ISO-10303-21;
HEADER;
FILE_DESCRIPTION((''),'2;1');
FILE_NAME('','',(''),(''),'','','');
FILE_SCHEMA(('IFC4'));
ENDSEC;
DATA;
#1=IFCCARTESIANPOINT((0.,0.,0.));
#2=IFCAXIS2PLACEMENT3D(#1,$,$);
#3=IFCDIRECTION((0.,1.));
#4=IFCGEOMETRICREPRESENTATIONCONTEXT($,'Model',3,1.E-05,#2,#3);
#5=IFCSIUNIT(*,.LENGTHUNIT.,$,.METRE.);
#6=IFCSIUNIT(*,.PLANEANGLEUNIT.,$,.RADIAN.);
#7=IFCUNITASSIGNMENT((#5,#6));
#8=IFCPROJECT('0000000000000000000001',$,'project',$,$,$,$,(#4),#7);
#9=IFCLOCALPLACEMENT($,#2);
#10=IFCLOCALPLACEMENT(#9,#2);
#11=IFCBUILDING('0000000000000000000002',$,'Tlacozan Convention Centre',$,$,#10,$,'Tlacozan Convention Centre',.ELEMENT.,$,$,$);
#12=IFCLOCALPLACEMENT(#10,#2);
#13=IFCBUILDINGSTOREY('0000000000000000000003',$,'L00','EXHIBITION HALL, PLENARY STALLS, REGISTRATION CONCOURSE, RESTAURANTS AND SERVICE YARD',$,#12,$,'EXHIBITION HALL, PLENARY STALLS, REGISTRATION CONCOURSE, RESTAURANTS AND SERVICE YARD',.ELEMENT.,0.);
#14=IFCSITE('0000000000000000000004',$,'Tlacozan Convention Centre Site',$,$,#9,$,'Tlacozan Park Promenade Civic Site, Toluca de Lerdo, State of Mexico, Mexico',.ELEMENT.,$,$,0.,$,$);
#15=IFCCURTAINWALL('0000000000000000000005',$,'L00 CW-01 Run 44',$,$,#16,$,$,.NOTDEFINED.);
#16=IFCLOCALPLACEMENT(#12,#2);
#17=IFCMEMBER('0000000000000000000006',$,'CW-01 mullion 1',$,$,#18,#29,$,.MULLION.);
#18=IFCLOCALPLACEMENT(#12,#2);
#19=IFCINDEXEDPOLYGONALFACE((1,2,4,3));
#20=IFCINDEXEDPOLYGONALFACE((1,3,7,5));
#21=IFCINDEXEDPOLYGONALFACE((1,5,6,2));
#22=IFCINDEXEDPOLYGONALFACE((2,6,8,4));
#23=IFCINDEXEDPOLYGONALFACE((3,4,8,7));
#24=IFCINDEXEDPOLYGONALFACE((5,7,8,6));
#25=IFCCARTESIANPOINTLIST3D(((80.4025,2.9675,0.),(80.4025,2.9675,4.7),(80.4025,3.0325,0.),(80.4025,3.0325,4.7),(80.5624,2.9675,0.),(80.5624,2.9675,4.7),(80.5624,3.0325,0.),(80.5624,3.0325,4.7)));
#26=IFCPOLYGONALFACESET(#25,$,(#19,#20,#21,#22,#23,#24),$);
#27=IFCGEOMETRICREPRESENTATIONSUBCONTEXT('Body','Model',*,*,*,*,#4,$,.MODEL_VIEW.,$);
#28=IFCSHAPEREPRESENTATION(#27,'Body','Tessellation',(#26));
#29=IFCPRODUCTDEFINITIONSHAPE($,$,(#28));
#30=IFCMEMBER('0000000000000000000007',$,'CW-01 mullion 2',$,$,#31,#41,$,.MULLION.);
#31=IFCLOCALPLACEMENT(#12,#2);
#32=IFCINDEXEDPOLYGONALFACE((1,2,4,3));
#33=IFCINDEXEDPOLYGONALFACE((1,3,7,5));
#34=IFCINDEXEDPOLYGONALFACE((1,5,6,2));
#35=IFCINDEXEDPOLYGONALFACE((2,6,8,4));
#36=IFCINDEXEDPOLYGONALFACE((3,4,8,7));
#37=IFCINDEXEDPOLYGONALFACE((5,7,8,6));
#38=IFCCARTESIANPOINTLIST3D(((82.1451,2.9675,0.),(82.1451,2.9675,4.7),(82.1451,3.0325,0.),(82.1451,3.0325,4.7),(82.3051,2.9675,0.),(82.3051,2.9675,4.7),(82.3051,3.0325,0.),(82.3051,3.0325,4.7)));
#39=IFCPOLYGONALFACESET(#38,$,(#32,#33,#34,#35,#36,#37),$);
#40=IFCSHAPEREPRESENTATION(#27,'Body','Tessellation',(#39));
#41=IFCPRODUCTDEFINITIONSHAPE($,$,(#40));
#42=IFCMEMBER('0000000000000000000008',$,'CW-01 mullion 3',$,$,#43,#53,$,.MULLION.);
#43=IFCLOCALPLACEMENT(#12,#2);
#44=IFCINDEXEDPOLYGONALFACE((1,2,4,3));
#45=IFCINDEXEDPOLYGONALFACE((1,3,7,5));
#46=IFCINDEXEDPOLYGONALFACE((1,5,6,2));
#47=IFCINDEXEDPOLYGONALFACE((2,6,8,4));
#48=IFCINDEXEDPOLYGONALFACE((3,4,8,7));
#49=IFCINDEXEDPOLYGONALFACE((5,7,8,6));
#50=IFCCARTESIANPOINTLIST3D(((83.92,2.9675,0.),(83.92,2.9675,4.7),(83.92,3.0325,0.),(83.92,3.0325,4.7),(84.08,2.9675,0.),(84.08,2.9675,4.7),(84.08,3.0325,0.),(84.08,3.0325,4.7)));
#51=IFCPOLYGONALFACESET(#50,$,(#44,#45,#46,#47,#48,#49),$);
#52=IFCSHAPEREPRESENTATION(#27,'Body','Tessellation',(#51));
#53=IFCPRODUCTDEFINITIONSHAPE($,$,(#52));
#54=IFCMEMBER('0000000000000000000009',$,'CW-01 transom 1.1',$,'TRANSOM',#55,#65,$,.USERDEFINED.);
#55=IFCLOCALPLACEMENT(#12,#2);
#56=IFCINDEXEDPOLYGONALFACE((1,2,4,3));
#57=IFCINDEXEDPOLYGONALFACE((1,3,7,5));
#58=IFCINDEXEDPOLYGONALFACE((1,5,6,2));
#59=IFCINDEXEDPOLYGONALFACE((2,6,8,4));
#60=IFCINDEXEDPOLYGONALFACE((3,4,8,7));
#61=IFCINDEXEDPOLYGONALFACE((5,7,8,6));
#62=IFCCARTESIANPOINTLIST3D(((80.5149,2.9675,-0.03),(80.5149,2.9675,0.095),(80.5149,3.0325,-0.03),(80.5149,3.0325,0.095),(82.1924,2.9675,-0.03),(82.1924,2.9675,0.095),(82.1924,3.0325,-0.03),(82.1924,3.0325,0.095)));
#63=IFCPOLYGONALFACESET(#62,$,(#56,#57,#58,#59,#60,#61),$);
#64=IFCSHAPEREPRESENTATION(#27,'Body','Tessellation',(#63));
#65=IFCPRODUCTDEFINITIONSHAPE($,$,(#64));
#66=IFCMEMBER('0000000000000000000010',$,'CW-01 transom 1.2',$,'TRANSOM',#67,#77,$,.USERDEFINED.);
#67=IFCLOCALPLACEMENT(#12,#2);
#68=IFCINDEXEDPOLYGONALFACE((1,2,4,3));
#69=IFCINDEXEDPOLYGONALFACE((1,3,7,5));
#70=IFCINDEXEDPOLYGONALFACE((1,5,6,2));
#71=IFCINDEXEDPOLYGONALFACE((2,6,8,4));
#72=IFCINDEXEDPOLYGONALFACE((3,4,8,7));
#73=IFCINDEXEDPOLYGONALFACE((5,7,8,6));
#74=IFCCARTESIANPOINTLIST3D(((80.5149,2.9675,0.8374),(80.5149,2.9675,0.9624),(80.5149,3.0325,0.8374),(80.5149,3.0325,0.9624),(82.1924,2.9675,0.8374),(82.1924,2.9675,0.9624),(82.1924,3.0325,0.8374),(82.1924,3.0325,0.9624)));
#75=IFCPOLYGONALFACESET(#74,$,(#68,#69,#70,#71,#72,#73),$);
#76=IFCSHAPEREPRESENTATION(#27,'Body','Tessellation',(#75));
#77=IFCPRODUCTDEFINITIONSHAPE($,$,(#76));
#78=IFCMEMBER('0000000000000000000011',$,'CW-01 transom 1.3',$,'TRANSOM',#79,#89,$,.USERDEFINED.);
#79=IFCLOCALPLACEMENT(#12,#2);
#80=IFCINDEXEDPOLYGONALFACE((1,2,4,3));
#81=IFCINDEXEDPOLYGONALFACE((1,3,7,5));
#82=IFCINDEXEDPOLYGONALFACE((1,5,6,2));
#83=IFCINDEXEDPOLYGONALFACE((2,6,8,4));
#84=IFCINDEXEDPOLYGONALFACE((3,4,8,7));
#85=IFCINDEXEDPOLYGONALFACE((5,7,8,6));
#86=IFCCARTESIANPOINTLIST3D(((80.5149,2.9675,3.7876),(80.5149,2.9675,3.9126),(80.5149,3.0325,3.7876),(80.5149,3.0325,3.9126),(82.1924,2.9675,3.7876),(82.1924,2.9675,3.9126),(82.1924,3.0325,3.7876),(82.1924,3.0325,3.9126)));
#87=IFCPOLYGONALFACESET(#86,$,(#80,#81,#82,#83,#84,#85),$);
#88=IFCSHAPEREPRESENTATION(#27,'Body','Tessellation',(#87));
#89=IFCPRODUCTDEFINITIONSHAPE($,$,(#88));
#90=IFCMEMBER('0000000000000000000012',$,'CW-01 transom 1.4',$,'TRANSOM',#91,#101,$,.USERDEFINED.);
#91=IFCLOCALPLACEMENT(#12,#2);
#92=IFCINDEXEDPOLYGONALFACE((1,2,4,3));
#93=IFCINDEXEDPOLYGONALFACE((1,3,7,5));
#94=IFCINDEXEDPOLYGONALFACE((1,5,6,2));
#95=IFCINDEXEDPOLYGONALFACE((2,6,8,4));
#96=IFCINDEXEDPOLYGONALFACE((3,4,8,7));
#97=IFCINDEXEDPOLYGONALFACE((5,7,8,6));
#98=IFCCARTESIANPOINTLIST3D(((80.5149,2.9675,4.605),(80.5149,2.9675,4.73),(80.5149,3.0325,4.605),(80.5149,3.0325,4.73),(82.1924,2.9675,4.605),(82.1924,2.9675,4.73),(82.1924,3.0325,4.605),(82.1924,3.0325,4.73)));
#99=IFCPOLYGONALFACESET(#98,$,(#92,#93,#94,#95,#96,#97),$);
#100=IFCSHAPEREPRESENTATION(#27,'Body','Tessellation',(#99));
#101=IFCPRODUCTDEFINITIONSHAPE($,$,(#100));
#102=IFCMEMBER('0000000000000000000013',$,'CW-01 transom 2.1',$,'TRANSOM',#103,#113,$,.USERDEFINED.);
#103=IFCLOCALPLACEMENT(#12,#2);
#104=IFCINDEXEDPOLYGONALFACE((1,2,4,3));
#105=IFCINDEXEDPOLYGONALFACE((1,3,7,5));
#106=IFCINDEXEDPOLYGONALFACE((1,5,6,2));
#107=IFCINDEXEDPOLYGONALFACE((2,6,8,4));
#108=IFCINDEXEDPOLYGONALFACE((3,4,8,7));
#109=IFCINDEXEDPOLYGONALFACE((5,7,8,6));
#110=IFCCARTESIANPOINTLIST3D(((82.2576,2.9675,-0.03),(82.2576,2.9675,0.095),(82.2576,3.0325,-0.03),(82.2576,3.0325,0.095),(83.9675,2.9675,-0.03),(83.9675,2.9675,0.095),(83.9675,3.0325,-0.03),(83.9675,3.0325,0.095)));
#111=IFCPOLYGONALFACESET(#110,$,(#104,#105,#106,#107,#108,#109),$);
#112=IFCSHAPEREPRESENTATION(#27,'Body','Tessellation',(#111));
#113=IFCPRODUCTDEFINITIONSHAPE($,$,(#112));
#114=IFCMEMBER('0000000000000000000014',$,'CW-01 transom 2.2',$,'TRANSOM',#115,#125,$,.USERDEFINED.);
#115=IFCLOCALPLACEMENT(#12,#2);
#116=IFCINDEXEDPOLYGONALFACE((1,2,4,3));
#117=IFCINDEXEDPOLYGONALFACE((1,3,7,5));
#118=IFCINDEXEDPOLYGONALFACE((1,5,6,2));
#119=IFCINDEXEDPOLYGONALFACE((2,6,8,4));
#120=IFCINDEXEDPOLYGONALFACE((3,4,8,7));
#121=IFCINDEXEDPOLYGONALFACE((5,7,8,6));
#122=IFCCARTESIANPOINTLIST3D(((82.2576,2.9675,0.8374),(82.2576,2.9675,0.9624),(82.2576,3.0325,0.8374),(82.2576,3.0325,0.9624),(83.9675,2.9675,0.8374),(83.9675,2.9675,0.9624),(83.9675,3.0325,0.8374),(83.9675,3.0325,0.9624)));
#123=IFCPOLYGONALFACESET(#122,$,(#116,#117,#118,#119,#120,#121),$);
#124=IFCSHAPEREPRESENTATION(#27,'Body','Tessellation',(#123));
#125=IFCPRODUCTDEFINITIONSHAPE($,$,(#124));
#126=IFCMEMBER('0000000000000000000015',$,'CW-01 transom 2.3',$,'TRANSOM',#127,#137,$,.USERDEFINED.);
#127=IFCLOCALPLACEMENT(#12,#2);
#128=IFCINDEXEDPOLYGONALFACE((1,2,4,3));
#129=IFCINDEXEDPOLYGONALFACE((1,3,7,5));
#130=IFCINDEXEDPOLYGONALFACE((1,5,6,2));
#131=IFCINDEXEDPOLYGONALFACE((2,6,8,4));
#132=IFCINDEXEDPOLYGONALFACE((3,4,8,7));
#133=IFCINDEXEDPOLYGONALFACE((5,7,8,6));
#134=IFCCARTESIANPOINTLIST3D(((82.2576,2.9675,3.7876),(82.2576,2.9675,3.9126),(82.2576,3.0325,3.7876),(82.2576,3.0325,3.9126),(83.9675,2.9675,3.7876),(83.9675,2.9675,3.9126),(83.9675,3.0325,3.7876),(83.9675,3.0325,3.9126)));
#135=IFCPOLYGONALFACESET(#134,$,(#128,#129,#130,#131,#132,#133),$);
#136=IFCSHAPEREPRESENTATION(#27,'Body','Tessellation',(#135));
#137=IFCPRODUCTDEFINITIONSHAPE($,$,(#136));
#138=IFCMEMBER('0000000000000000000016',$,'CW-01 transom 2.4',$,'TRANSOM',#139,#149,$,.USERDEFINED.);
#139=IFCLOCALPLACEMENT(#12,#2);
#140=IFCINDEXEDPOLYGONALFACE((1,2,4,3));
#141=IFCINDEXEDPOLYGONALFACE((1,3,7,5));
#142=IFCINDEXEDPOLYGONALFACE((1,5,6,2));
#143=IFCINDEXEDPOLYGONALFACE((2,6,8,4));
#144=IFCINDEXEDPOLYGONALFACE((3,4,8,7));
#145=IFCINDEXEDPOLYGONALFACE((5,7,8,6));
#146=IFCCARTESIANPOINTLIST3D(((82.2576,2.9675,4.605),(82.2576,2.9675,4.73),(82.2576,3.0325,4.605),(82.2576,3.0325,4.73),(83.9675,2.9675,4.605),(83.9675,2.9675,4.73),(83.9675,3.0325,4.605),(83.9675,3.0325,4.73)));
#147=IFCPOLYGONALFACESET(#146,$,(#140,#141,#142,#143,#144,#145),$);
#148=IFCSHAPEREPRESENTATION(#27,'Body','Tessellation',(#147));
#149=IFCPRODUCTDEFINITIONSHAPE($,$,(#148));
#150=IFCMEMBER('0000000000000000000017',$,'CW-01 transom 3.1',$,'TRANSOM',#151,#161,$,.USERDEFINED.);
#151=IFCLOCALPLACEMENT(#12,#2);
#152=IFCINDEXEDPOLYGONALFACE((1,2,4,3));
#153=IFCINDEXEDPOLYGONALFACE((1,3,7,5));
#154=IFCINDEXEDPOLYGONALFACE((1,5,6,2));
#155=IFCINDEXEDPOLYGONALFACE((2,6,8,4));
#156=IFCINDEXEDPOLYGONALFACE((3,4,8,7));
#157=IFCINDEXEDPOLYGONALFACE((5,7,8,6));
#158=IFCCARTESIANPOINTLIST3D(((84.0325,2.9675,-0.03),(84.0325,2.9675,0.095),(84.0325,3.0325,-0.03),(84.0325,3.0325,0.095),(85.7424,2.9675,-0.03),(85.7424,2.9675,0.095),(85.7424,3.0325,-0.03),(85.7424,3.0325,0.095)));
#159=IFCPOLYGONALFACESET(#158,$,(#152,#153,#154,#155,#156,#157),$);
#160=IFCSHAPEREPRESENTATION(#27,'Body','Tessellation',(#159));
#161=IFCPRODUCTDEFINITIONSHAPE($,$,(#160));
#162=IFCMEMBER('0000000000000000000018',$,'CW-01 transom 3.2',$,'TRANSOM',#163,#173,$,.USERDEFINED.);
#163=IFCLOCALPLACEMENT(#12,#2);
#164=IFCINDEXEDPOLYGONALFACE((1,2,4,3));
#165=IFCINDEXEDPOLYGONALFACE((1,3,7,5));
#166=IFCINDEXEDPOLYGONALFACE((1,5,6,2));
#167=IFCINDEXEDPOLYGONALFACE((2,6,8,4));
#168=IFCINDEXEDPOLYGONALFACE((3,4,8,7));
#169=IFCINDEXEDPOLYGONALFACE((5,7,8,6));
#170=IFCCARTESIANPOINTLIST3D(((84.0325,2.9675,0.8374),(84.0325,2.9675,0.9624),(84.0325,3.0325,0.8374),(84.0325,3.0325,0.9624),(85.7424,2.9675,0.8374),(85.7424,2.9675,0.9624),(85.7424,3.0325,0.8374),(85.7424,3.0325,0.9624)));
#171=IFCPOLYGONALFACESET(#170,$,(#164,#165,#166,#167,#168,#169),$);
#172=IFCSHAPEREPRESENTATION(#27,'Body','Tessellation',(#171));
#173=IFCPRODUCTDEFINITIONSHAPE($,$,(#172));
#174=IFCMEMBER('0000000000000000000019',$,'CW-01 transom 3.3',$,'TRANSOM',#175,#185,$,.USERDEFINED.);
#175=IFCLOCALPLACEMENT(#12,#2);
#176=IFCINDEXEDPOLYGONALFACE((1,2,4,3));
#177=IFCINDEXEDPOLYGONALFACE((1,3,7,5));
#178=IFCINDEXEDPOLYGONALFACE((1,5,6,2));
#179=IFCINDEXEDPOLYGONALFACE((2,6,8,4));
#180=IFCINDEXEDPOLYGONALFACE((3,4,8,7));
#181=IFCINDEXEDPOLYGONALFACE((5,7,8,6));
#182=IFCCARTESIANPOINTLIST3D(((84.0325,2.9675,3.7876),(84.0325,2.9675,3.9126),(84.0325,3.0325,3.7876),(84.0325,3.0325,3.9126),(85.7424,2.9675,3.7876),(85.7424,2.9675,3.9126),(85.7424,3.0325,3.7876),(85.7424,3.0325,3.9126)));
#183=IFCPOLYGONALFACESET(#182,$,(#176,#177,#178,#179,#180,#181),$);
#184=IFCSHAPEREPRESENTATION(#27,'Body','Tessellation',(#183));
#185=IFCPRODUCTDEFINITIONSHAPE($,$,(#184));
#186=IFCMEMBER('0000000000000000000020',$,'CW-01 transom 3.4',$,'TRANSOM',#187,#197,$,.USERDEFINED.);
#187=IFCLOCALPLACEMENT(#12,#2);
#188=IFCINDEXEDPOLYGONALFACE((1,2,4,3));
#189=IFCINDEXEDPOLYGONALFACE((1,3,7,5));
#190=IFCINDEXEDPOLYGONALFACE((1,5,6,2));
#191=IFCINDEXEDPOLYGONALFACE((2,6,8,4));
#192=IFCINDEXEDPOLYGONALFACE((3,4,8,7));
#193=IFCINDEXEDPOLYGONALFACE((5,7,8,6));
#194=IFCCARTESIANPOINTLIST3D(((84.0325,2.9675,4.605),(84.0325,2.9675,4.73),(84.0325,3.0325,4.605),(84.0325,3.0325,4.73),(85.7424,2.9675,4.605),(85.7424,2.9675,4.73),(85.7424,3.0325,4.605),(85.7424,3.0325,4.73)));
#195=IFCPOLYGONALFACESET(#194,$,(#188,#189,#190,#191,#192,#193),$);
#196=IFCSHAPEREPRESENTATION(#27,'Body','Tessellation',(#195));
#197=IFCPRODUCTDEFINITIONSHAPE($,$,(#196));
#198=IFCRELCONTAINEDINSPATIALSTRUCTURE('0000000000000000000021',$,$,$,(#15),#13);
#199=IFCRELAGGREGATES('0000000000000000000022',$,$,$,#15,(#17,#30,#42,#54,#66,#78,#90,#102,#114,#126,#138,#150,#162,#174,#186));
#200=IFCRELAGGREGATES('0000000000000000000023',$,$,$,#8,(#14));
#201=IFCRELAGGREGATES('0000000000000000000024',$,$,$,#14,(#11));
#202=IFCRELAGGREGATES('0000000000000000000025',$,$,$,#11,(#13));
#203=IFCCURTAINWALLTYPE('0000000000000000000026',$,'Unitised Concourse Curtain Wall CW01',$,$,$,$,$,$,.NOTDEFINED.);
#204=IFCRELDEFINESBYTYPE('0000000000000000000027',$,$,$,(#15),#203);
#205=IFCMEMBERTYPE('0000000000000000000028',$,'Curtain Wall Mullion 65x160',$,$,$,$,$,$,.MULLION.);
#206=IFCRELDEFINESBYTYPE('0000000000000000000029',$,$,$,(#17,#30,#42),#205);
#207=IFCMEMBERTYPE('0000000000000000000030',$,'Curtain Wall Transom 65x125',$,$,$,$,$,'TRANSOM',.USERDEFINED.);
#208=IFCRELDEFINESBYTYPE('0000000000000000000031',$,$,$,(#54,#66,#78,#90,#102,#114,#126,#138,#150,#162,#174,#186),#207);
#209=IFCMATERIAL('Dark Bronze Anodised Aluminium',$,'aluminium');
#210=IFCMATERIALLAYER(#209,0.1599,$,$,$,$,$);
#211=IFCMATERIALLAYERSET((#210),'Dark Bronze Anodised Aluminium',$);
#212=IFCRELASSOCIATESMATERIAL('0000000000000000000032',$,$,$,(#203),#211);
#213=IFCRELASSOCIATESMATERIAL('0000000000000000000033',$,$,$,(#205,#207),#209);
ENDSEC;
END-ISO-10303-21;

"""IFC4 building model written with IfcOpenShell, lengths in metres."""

from ifc_helpers import new_model, si_unit, direction, frame, origin, origin_2d, place, context, subcontext, project, spatial, rectangle, extrude, material, layer, layer_set, material_profile, profile_set, type_object, element, aggregate, save


model = new_model("IFC4")

# Units and contexts
model_context = context("Model", 3, precision=1e-05, world=origin(), true_north=direction((0.0, 1.0)))
body_context = subcontext(model_context, "Body", "Model", "MODEL_VIEW")
ifc_project = project(units=[si_unit("LENGTHUNIT", "METRE"), si_unit("PLANEANGLEUNIT", "RADIAN")], contexts=[model_context])

# Site, building, storey
site_placement = place(None, origin())
site = spatial("IfcSite", under=ifc_project, at=site_placement, Name="Tlacozan Convention Centre Site", LongName="Tlacozan Park Promenade Civic Site, Toluca de Lerdo, State of Mexico, Mexico", CompositionType="ELEMENT", RefElevation=0.0)
building_placement = place(site_placement, origin())
building = spatial("IfcBuilding", under=site, at=building_placement, Name="Tlacozan Convention Centre", LongName="Tlacozan Convention Centre", CompositionType="ELEMENT")
storey_placement = place(building_placement, origin())
storey = spatial("IfcBuildingStorey", under=building, at=storey_placement, Name="L00", Description="EXHIBITION HALL, PLENARY STALLS, REGISTRATION CONCOURSE, RESTAURANTS AND SERVICE YARD", LongName="EXHIBITION HALL, PLENARY STALLS, REGISTRATION CONCOURSE, RESTAURANTS AND SERVICE YARD", CompositionType="ELEMENT", Elevation=0.0)

# Curtain wall, members
ifc_material_1 = material(Name="Dark Bronze Anodised Aluminium", Category="aluminium")
ifc_layer_1 = layer(ifc_material_1, 0.1599)
ifc_layer_set_1 = layer_set([ifc_layer_1], Name="Dark Bronze Anodised Aluminium")
curtain_wall_type = type_object("IfcCurtainWallType", Name="Unitised Concourse Curtain Wall CW01", PredefinedType="NOTDEFINED", material=ifc_layer_set_1)
curtain_wall_placement = place(storey_placement, origin())
curtain_wall = element("IfcCurtainWall", 1, at=curtain_wall_placement, inside=storey, type_object=curtain_wall_type, Name="L00 CW-01 Run 44", PredefinedType="NOTDEFINED")
ifc_material_profile_1 = material_profile(ifc_material_1, rectangle(XDim=0.0649, YDim=0.1599, at=origin_2d()), Name="ALU 65x160")
ifc_profile_set_1 = profile_set([ifc_material_profile_1], Name="Dark Bronze Anodised Aluminium")
member_type_1 = type_object("IfcMemberType", Name="Curtain Wall Mullion 65x160", PredefinedType="MULLION", material=ifc_profile_set_1)
member_1_placement = place(storey_placement, frame((80.4824, 3.0, 0.0), z_axis=(0.0, 0.0, 1.0), x_axis=(0.0, 1.0, 0.0)))
member_1 = element("IfcMember", 2, at=member_1_placement, type_object=member_type_1, Name="CW-01 mullion 1", PredefinedType="MULLION", context=body_context, shape_type="SweptSolid", body=[
    extrude(rectangle(XDim=0.0649, YDim=0.1599, at=origin_2d()), origin(), (0.0, 0.0, 1.0), 4.7),
])
member_2_placement = place(storey_placement, frame((82.2251, 3.0, 0.0), z_axis=(0.0, 0.0, 1.0), x_axis=(0.0, 1.0, 0.0)))
member_2 = element("IfcMember", 3, at=member_2_placement, type_object=member_type_1, Name="CW-01 mullion 2", PredefinedType="MULLION", context=body_context, shape_type="SweptSolid", body=[
    extrude(rectangle(XDim=0.0649, YDim=0.1599, at=origin_2d()), origin(), (0.0, 0.0, 1.0), 4.7),
])
member_3_placement = place(storey_placement, frame((84.0, 3.0, 0.0), z_axis=(0.0, 0.0, 1.0), x_axis=(0.0, 1.0, 0.0)))
member_3 = element("IfcMember", 4, at=member_3_placement, type_object=member_type_1, Name="CW-01 mullion 3", PredefinedType="MULLION", context=body_context, shape_type="SweptSolid", body=[
    extrude(rectangle(XDim=0.0649, YDim=0.1599, at=origin_2d()), origin(), (0.0, 0.0, 1.0), 4.7),
])
ifc_material_profile_2 = material_profile(ifc_material_1, rectangle(XDim=0.0649, YDim=0.125, at=origin_2d()), Name="ALU 65x125")
ifc_profile_set_2 = profile_set([ifc_material_profile_2], Name="Dark Bronze Anodised Aluminium")
member_type_2 = type_object("IfcMemberType", Name="Curtain Wall Transom 65x125", ElementType="TRANSOM", PredefinedType="USERDEFINED", material=ifc_profile_set_2)
member_4_placement = place(storey_placement, frame((80.5149, 3.0, 0.0325), z_axis=(1.0, 0.0, 0.0), x_axis=(0.0, 1.0, 0.0)))
member_4 = element("IfcMember", 5, at=member_4_placement, type_object=member_type_2, Name="CW-01 transom 1.1", ObjectType="TRANSOM", PredefinedType="USERDEFINED", context=body_context, shape_type="SweptSolid", body=[
    extrude(rectangle(XDim=0.0649, YDim=0.125, at=origin_2d()), origin(), (0.0, 0.0, 1.0), 1.6775),
])
member_5_placement = place(storey_placement, frame((80.5149, 3.0, 0.8999), z_axis=(1.0, 0.0, 0.0), x_axis=(0.0, 1.0, 0.0)))
member_5 = element("IfcMember", 6, at=member_5_placement, type_object=member_type_2, Name="CW-01 transom 1.2", ObjectType="TRANSOM", PredefinedType="USERDEFINED", context=body_context, shape_type="SweptSolid", body=[
    extrude(rectangle(XDim=0.0649, YDim=0.125, at=origin_2d()), origin(), (0.0, 0.0, 1.0), 1.6775),
])
member_6_placement = place(storey_placement, frame((80.5149, 3.0, 3.8501), z_axis=(1.0, 0.0, 0.0), x_axis=(0.0, 1.0, 0.0)))
member_6 = element("IfcMember", 7, at=member_6_placement, type_object=member_type_2, Name="CW-01 transom 1.3", ObjectType="TRANSOM", PredefinedType="USERDEFINED", context=body_context, shape_type="SweptSolid", body=[
    extrude(rectangle(XDim=0.0649, YDim=0.125, at=origin_2d()), origin(), (0.0, 0.0, 1.0), 1.6775),
])
member_7_placement = place(storey_placement, frame((80.5149, 3.0, 4.6675), z_axis=(1.0, 0.0, 0.0), x_axis=(0.0, 1.0, 0.0)))
member_7 = element("IfcMember", 8, at=member_7_placement, type_object=member_type_2, Name="CW-01 transom 1.4", ObjectType="TRANSOM", PredefinedType="USERDEFINED", context=body_context, shape_type="SweptSolid", body=[
    extrude(rectangle(XDim=0.0649, YDim=0.125, at=origin_2d()), origin(), (0.0, 0.0, 1.0), 1.6775),
])
member_8_placement = place(storey_placement, frame((82.2576, 3.0, 0.0325), z_axis=(1.0, 0.0, 0.0), x_axis=(0.0, 1.0, 0.0)))
member_8 = element("IfcMember", 9, at=member_8_placement, type_object=member_type_2, Name="CW-01 transom 2.1", ObjectType="TRANSOM", PredefinedType="USERDEFINED", context=body_context, shape_type="SweptSolid", body=[
    extrude(rectangle(XDim=0.0649, YDim=0.125, at=origin_2d()), origin(), (0.0, 0.0, 1.0), 1.71),
])
member_9_placement = place(storey_placement, frame((82.2576, 3.0, 0.8999), z_axis=(1.0, 0.0, 0.0), x_axis=(0.0, 1.0, 0.0)))
member_9 = element("IfcMember", 10, at=member_9_placement, type_object=member_type_2, Name="CW-01 transom 2.2", ObjectType="TRANSOM", PredefinedType="USERDEFINED", context=body_context, shape_type="SweptSolid", body=[
    extrude(rectangle(XDim=0.0649, YDim=0.125, at=origin_2d()), origin(), (0.0, 0.0, 1.0), 1.71),
])
member_10_placement = place(storey_placement, frame((82.2576, 3.0, 3.8501), z_axis=(1.0, 0.0, 0.0), x_axis=(0.0, 1.0, 0.0)))
member_10 = element("IfcMember", 11, at=member_10_placement, type_object=member_type_2, Name="CW-01 transom 2.3", ObjectType="TRANSOM", PredefinedType="USERDEFINED", context=body_context, shape_type="SweptSolid", body=[
    extrude(rectangle(XDim=0.0649, YDim=0.125, at=origin_2d()), origin(), (0.0, 0.0, 1.0), 1.71),
])
member_11_placement = place(storey_placement, frame((82.2576, 3.0, 4.6675), z_axis=(1.0, 0.0, 0.0), x_axis=(0.0, 1.0, 0.0)))
member_11 = element("IfcMember", 12, at=member_11_placement, type_object=member_type_2, Name="CW-01 transom 2.4", ObjectType="TRANSOM", PredefinedType="USERDEFINED", context=body_context, shape_type="SweptSolid", body=[
    extrude(rectangle(XDim=0.0649, YDim=0.125, at=origin_2d()), origin(), (0.0, 0.0, 1.0), 1.71),
])
member_12_placement = place(storey_placement, frame((84.0325, 3.0, 0.0325), z_axis=(1.0, 0.0, 0.0), x_axis=(0.0, 1.0, 0.0)))
member_12 = element("IfcMember", 13, at=member_12_placement, type_object=member_type_2, Name="CW-01 transom 3.1", ObjectType="TRANSOM", PredefinedType="USERDEFINED", context=body_context, shape_type="SweptSolid", body=[
    extrude(rectangle(XDim=0.0649, YDim=0.125, at=origin_2d()), origin(), (0.0, 0.0, 1.0), 1.71),
])
member_13_placement = place(storey_placement, frame((84.0325, 3.0, 0.8999), z_axis=(1.0, 0.0, 0.0), x_axis=(0.0, 1.0, 0.0)))
member_13 = element("IfcMember", 14, at=member_13_placement, type_object=member_type_2, Name="CW-01 transom 3.2", ObjectType="TRANSOM", PredefinedType="USERDEFINED", context=body_context, shape_type="SweptSolid", body=[
    extrude(rectangle(XDim=0.0649, YDim=0.125, at=origin_2d()), origin(), (0.0, 0.0, 1.0), 1.71),
])
member_14_placement = place(storey_placement, frame((84.0325, 3.0, 3.8501), z_axis=(1.0, 0.0, 0.0), x_axis=(0.0, 1.0, 0.0)))
member_14 = element("IfcMember", 15, at=member_14_placement, type_object=member_type_2, Name="CW-01 transom 3.3", ObjectType="TRANSOM", PredefinedType="USERDEFINED", context=body_context, shape_type="SweptSolid", body=[
    extrude(rectangle(XDim=0.0649, YDim=0.125, at=origin_2d()), origin(), (0.0, 0.0, 1.0), 1.71),
])
member_15_placement = place(storey_placement, frame((84.0325, 3.0, 4.6675), z_axis=(1.0, 0.0, 0.0), x_axis=(0.0, 1.0, 0.0)))
member_15 = element("IfcMember", 16, at=member_15_placement, type_object=member_type_2, Name="CW-01 transom 3.4", ObjectType="TRANSOM", PredefinedType="USERDEFINED", context=body_context, shape_type="SweptSolid", body=[
    extrude(rectangle(XDim=0.0649, YDim=0.125, at=origin_2d()), origin(), (0.0, 0.0, 1.0), 1.71),
])
aggregate(curtain_wall, [member_1, member_2, member_3, member_4, member_5, member_6, member_7, member_8, member_9, member_10, member_11, member_12, member_13, member_14, member_15])

save(model, "model.ifc")
